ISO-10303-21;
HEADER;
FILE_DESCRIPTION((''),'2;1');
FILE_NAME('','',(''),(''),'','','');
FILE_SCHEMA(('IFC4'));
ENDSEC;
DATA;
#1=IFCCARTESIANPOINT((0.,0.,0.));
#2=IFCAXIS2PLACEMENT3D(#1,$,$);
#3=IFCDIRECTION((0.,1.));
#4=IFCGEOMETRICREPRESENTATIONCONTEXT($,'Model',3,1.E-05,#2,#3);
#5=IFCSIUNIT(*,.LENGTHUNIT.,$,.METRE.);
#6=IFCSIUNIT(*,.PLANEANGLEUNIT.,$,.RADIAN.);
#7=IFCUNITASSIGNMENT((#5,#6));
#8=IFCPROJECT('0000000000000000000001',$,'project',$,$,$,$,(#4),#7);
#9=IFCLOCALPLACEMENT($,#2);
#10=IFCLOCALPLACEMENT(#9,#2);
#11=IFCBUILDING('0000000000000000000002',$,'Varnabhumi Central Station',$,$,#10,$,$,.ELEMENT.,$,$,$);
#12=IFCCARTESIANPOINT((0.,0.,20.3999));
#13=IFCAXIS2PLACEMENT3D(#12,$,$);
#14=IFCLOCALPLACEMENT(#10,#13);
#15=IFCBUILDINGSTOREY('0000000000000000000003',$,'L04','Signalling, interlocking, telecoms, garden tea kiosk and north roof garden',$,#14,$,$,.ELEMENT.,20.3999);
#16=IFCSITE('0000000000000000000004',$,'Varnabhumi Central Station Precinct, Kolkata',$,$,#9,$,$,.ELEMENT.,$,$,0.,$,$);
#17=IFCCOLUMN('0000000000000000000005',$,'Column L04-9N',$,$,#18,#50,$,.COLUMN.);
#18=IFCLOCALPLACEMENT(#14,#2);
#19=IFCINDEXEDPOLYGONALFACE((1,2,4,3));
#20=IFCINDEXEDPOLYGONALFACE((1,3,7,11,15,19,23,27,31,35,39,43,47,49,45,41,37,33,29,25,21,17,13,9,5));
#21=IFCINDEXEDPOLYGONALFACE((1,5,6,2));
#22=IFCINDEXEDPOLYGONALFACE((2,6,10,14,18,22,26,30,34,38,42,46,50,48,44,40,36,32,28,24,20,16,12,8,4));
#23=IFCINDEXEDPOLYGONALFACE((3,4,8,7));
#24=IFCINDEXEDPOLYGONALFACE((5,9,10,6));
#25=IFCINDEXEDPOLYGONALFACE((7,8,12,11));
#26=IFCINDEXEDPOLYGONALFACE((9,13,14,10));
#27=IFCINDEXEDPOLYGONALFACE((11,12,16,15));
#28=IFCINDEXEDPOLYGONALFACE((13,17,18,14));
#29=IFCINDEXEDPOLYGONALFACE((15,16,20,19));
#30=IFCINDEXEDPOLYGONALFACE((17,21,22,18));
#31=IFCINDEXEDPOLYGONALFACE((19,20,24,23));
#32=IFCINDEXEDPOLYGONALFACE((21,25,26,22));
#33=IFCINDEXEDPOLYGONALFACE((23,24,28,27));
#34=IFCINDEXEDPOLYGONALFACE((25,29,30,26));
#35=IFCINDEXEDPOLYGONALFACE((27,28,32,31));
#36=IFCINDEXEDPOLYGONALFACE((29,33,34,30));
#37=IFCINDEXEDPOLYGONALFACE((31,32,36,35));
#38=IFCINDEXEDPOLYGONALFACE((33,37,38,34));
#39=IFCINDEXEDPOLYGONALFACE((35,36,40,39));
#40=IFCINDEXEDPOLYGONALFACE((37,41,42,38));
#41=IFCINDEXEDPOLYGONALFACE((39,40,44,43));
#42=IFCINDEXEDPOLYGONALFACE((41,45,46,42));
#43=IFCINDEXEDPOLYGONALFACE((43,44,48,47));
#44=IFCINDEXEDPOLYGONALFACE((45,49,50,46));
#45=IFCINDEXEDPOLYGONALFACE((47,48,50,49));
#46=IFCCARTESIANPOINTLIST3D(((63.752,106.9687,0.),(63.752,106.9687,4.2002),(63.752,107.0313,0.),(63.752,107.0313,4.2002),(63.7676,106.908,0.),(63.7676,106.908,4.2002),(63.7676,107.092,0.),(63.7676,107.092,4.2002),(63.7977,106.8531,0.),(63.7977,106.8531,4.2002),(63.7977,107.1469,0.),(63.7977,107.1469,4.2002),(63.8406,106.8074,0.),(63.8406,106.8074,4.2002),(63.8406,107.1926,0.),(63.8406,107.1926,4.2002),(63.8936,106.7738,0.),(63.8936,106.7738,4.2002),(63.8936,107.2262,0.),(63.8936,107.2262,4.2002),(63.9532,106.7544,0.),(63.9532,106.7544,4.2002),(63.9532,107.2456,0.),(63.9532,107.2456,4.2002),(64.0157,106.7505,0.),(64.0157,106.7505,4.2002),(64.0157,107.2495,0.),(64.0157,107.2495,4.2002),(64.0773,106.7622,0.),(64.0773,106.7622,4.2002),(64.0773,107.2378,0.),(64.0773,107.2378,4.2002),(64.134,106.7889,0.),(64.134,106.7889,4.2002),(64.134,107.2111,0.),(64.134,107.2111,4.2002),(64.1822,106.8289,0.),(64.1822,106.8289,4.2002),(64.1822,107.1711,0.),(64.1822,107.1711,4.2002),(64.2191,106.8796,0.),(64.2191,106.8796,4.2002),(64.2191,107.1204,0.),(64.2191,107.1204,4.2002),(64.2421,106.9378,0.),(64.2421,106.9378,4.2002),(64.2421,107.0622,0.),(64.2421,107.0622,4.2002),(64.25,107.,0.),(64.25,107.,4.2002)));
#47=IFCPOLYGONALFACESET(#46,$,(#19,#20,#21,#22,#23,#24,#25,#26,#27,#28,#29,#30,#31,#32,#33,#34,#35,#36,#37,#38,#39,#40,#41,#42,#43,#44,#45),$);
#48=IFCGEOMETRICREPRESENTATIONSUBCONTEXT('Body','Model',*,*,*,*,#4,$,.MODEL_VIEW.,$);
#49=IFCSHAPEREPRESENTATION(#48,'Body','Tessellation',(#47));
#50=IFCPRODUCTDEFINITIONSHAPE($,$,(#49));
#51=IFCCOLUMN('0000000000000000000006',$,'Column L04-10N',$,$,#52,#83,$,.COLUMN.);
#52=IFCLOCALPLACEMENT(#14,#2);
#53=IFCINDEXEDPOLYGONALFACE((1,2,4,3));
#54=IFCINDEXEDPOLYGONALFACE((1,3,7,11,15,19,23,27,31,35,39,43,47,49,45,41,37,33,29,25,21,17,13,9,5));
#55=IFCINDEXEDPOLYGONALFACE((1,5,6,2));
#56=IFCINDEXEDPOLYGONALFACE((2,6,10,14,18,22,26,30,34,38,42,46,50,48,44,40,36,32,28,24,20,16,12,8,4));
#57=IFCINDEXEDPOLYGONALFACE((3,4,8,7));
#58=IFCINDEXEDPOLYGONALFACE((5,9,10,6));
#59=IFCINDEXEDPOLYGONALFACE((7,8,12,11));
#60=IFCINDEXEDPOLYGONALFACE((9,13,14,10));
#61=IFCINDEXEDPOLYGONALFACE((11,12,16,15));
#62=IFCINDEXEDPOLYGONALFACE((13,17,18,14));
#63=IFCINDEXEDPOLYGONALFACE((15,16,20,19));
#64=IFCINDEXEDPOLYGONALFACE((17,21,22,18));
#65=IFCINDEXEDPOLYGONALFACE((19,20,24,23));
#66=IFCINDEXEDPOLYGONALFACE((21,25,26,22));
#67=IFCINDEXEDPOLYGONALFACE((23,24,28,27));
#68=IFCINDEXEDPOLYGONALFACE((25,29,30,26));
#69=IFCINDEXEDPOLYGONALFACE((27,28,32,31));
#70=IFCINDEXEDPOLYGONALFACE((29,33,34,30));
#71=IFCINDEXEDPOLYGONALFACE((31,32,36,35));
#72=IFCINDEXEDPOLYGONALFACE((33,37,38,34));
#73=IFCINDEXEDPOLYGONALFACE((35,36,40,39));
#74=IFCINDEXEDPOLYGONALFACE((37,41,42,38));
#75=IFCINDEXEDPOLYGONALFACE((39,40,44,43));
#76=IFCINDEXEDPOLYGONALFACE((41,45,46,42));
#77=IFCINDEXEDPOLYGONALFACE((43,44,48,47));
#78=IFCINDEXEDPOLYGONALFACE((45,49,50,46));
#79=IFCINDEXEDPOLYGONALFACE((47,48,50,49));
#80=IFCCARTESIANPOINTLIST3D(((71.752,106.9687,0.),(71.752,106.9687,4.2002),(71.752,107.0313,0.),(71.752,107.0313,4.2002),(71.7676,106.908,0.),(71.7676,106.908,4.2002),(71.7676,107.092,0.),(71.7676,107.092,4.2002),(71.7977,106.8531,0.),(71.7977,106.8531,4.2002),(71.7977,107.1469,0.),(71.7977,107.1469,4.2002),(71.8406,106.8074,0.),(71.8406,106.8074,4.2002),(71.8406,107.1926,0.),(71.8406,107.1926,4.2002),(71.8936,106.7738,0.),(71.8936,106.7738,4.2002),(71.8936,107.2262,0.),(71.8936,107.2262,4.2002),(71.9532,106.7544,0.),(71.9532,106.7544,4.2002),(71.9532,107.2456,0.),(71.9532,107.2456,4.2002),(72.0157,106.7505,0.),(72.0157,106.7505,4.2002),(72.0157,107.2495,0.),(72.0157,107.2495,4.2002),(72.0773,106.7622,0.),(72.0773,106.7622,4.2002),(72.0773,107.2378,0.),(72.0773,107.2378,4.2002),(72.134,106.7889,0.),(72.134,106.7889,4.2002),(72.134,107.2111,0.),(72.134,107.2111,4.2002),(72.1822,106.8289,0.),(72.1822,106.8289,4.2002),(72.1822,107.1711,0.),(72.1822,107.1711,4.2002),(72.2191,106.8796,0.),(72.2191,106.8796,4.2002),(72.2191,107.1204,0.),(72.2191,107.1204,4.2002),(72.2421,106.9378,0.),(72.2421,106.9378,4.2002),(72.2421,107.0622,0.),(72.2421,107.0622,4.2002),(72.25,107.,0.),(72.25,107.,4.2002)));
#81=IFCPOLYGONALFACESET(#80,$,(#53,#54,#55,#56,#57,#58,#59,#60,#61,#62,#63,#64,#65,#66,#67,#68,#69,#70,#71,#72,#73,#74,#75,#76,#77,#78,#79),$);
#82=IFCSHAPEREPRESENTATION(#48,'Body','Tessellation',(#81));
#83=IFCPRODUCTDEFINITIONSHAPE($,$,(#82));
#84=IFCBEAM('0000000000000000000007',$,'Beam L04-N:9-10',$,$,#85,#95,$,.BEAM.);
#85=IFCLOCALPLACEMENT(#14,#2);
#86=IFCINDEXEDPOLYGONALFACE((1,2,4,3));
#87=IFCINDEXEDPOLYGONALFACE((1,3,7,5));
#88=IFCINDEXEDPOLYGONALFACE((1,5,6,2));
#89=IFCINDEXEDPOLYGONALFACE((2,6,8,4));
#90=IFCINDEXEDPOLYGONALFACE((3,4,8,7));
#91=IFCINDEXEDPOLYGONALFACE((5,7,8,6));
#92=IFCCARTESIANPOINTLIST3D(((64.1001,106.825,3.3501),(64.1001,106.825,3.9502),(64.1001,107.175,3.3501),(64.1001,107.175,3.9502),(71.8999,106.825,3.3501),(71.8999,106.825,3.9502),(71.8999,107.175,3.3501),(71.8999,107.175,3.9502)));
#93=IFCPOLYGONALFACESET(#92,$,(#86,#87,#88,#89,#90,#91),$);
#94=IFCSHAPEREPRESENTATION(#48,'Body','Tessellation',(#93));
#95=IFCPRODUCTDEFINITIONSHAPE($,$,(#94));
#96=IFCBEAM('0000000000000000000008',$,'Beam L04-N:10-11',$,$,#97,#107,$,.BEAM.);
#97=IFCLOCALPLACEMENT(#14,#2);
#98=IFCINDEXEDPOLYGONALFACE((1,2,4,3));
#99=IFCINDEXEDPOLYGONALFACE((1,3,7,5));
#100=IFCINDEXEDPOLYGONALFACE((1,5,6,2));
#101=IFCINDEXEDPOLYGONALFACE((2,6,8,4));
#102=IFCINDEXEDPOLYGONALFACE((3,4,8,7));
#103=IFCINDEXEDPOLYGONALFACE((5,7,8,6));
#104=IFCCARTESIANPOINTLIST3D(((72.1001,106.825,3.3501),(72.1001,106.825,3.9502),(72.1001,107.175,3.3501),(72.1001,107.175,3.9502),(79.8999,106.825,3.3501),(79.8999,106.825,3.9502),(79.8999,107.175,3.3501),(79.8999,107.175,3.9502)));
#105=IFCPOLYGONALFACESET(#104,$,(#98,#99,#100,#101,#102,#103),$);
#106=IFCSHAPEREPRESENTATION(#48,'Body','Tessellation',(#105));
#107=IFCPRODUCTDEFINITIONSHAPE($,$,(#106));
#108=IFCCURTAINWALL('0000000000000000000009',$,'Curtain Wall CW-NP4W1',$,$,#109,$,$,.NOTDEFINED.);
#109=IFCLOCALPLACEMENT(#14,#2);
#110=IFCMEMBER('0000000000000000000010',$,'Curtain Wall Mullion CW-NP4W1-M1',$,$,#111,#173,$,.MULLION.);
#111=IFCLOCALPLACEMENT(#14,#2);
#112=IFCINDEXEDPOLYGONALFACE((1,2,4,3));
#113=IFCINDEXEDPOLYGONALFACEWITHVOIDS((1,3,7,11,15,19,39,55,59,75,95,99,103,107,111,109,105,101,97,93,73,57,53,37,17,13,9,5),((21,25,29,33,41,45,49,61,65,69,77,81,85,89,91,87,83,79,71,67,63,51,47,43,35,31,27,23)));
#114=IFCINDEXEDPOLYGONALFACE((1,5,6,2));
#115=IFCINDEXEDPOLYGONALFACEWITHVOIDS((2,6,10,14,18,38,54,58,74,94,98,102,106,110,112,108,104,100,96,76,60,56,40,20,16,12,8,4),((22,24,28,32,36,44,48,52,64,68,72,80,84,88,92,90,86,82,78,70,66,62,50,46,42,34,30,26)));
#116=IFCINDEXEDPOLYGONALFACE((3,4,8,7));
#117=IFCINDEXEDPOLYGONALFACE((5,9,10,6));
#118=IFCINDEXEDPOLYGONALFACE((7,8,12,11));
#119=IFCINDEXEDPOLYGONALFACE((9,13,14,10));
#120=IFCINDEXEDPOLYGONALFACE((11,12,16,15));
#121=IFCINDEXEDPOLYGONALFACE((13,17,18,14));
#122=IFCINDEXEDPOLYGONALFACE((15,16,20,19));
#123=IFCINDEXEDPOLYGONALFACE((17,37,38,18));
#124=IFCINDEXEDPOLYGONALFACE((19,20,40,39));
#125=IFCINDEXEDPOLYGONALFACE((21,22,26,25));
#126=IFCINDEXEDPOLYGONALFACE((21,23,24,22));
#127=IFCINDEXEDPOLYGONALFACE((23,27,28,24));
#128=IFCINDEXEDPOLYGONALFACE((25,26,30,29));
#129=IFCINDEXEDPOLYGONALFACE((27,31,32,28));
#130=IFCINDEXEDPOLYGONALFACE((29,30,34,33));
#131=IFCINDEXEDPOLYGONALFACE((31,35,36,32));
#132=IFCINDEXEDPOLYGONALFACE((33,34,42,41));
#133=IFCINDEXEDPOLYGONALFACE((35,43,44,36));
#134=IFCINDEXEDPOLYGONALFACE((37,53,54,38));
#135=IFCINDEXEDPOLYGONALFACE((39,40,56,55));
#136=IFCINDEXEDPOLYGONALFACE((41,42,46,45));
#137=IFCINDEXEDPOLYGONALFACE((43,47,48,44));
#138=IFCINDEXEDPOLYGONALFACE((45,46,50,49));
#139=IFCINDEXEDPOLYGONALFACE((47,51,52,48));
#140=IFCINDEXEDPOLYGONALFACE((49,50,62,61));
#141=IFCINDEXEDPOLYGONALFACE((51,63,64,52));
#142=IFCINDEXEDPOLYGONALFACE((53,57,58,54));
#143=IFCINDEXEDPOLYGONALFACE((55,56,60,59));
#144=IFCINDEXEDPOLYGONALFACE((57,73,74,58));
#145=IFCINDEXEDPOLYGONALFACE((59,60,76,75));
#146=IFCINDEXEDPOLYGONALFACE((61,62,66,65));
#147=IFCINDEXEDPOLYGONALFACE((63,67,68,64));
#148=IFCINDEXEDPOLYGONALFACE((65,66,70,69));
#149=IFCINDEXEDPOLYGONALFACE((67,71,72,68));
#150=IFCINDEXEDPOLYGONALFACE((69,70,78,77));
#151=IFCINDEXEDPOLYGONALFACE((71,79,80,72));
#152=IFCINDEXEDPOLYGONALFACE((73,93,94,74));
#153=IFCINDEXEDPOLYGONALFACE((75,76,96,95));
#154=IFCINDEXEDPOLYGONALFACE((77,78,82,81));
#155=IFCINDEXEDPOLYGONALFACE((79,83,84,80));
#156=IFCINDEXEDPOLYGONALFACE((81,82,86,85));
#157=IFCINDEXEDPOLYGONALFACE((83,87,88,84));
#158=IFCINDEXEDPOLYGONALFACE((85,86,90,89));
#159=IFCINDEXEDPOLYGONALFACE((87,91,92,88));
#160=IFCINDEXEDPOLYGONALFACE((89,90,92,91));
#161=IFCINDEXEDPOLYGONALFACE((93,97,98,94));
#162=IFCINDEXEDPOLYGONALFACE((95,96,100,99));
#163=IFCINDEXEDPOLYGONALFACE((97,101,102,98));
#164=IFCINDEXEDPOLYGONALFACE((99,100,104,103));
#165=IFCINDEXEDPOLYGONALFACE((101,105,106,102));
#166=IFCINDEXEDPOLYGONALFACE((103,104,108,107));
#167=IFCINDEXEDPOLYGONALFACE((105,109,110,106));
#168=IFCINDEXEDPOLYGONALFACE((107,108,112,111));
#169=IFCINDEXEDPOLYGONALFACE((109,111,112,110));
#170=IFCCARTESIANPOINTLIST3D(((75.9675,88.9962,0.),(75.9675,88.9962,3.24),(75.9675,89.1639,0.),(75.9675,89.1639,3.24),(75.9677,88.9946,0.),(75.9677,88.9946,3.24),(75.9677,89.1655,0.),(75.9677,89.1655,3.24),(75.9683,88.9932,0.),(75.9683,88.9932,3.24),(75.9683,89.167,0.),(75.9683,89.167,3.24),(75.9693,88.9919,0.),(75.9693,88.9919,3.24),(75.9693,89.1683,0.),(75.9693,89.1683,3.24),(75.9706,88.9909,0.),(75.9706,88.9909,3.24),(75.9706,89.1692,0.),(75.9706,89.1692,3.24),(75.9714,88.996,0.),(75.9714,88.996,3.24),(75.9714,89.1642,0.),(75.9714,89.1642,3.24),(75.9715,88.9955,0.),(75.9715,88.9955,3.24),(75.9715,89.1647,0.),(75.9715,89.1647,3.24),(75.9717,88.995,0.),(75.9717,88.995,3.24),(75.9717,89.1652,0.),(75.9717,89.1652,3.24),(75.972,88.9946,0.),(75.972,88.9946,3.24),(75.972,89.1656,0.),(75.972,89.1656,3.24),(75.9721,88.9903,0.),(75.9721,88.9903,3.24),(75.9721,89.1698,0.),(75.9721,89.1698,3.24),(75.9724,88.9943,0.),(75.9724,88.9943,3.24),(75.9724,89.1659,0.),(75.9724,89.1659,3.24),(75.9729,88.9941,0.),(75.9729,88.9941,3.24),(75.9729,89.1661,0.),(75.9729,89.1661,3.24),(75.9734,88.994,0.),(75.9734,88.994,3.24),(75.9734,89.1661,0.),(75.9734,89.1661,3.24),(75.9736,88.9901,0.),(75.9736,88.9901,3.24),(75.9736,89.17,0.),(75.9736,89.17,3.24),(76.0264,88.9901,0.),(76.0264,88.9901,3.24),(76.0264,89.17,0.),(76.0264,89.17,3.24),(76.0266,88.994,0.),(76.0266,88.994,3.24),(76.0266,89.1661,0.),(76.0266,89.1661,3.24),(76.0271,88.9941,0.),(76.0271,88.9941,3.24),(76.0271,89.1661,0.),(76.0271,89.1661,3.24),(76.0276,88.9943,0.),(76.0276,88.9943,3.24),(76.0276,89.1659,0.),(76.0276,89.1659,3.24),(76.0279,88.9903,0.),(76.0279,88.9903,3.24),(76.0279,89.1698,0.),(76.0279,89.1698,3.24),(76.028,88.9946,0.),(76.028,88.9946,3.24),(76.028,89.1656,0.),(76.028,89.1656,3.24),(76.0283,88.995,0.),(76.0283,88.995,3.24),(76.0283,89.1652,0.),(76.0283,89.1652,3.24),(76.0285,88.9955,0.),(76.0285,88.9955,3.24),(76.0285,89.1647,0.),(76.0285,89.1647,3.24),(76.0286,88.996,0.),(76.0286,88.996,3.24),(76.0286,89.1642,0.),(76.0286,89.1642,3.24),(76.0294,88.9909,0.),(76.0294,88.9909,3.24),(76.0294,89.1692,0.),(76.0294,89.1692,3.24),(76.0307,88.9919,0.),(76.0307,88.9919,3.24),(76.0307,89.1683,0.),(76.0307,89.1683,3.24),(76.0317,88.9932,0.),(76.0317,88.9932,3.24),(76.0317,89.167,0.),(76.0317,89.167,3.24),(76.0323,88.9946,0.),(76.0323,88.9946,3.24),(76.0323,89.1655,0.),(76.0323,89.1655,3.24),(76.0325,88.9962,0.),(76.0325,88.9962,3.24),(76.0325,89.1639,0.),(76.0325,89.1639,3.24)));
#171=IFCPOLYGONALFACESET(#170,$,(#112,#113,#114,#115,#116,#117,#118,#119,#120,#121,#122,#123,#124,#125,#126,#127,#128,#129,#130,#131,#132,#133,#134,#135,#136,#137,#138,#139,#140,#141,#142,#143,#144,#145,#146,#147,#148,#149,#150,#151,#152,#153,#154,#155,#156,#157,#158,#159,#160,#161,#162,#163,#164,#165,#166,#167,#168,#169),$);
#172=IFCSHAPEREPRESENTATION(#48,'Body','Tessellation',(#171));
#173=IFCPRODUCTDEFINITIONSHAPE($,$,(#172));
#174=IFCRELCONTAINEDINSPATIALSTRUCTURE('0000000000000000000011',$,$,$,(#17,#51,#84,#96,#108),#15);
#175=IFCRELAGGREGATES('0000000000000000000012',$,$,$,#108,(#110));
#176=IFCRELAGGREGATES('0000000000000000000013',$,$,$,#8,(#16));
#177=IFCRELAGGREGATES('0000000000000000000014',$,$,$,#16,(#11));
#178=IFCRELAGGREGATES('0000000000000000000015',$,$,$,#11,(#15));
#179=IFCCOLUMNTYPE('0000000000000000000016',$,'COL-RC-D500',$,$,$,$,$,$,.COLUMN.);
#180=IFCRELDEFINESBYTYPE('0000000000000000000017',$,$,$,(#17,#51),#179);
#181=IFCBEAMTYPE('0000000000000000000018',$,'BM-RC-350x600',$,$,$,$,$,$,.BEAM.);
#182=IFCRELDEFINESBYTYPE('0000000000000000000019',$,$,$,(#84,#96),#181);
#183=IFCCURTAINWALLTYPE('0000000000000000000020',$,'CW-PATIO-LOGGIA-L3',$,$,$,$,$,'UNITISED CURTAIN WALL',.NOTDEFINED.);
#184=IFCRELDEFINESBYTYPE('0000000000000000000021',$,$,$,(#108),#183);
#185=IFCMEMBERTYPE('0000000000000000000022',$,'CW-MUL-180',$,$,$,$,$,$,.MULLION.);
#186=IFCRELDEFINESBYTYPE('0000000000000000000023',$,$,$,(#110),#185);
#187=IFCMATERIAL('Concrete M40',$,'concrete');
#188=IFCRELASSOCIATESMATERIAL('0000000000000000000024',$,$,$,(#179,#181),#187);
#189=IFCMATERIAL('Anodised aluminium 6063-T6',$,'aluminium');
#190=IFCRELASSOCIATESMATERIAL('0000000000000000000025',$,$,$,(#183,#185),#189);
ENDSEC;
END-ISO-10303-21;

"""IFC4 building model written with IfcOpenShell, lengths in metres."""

from ifc_helpers import new_model, si_unit, direction, frame, origin, origin_2d, place, context, subcontext, project, spatial, rectangle, hollow_rectangle, circle, extrude, material, material_profile, profile_set, type_object, element, aggregate, save


model = new_model("IFC4")

# Units and contexts
model_context = context("Model", 3, precision=1e-05, world=origin(), true_north=direction((0.0, 1.0)))
body_context = subcontext(model_context, "Body", "Model", "MODEL_VIEW")
ifc_project = project(units=[si_unit("LENGTHUNIT", "METRE"), si_unit("PLANEANGLEUNIT", "RADIAN")], contexts=[model_context])

# Site, building, storey
site_placement = place(None, origin())
site = spatial("IfcSite", under=ifc_project, at=site_placement, Name="Varnabhumi Central Station Precinct, Kolkata", CompositionType="ELEMENT", RefElevation=0.0)
building_placement = place(site_placement, origin())
building = spatial("IfcBuilding", under=site, at=building_placement, Name="Varnabhumi Central Station", CompositionType="ELEMENT")
storey_placement = place(building_placement, frame((0.0, 0.0, 20.3999)))
storey = spatial("IfcBuildingStorey", under=building, at=storey_placement, Name="L04", Description="Signalling, interlocking, telecoms, garden tea kiosk and north roof garden", CompositionType="ELEMENT", Elevation=20.3999)

# Columns
ifc_material_1 = material(Name="Concrete M40", Category="concrete")
ifc_material_profile_1 = material_profile(ifc_material_1, circle(Radius=0.25, at=origin_2d()), Name="Concrete M40", Category="concrete")
ifc_profile_set_1 = profile_set([ifc_material_profile_1], Name="Concrete M40")
column_type = type_object("IfcColumnType", Name="COL-RC-D500", PredefinedType="COLUMN", material=ifc_profile_set_1)
for number, where, z_axis, x_axis, name in (
    (1, (64.0, 107.0, 0.0), (0.0, 0.0, 1.0), (1.0, 0.0, 0.0), "Column L04-9N"),
    (2, (72.0, 107.0, 0.0), (0.0, 0.0, 1.0), (1.0, 0.0, 0.0), "Column L04-10N"),
):
    element("IfcColumn", number, at=place(storey_placement, frame(where, z_axis=z_axis, x_axis=x_axis)), inside=storey, type_object=column_type, Name=name, PredefinedType="COLUMN", context=body_context, shape_type="SweptSolid", body=[
        extrude(circle(Radius=0.25, at=origin_2d()), origin(), (0.0, 0.0, 1.0), 4.2002),
    ])

# Beams
ifc_material_profile_2 = material_profile(ifc_material_1, rectangle(XDim=0.3501, YDim=0.6001, at=origin_2d()), Name="Concrete M40", Category="concrete")
ifc_profile_set_2 = profile_set([ifc_material_profile_2], Name="Concrete M40")
beam_type = type_object("IfcBeamType", Name="BM-RC-350x600", PredefinedType="BEAM", material=ifc_profile_set_2)
for number, where, z_axis, x_axis, name in (
    (3, (64.1001, 107.0, 3.6501), (1.0, 0.0, 0.0), (0.0, 1.0, 0.0), "Beam L04-N:9-10"),
    (4, (72.1001, 107.0, 3.6501), (1.0, 0.0, 0.0), (0.0, 1.0, 0.0), "Beam L04-N:10-11"),
):
    element("IfcBeam", number, at=place(storey_placement, frame(where, z_axis=z_axis, x_axis=x_axis)), inside=storey, type_object=beam_type, Name=name, PredefinedType="BEAM", context=body_context, shape_type="SweptSolid", body=[
        extrude(rectangle(XDim=0.3501, YDim=0.6001, at=origin_2d()), origin(), (0.0, 0.0, 1.0), 7.7998),
    ])

# Curtain wall, member
ifc_material_2 = material(Name="Anodised aluminium 6063-T6", Category="aluminium")
curtain_wall_type = type_object("IfcCurtainWallType", Name="CW-PATIO-LOGGIA-L3", ElementType="UNITISED CURTAIN WALL", PredefinedType="NOTDEFINED", material=ifc_material_2)
curtain_wall_1_placement = place(storey_placement, origin())
curtain_wall_1 = element("IfcCurtainWall", 5, at=curtain_wall_1_placement, inside=storey, type_object=curtain_wall_type, Name="Curtain Wall CW-NP4W1", PredefinedType="NOTDEFINED")
ifc_material_profile_3 = material_profile(ifc_material_2, hollow_rectangle(XDim=0.0649, YDim=0.1799, WallThickness=0.0039, InnerFilletRadius=0.002, OuterFilletRadius=0.0061, at=origin_2d()), Name="Anodised aluminium 6063-T6", Category="aluminium")
ifc_profile_set_3 = profile_set([ifc_material_profile_3], Name="Anodised aluminium 6063-T6")
member_type_1 = type_object("IfcMemberType", Name="CW-MUL-180", PredefinedType="MULLION", material=ifc_profile_set_3)
member_1_placement = place(storey_placement, frame((76.0, 89.0801, 0.0), z_axis=(0.0, 0.0, 1.0), x_axis=(1.0, 0.0, 0.0)))
member_1 = element("IfcMember", 6, at=member_1_placement, type_object=member_type_1, Name="Curtain Wall Mullion CW-NP4W1-M1", PredefinedType="MULLION", context=body_context, shape_type="SweptSolid", body=[
    extrude(hollow_rectangle(XDim=0.0649, YDim=0.1799, WallThickness=0.0039, InnerFilletRadius=0.002, OuterFilletRadius=0.0061, at=origin_2d()), origin(), (0.0, 0.0, 1.0), 3.24),
])

aggregate(curtain_wall_1, [member_1])

save(model, "model.ifc")
